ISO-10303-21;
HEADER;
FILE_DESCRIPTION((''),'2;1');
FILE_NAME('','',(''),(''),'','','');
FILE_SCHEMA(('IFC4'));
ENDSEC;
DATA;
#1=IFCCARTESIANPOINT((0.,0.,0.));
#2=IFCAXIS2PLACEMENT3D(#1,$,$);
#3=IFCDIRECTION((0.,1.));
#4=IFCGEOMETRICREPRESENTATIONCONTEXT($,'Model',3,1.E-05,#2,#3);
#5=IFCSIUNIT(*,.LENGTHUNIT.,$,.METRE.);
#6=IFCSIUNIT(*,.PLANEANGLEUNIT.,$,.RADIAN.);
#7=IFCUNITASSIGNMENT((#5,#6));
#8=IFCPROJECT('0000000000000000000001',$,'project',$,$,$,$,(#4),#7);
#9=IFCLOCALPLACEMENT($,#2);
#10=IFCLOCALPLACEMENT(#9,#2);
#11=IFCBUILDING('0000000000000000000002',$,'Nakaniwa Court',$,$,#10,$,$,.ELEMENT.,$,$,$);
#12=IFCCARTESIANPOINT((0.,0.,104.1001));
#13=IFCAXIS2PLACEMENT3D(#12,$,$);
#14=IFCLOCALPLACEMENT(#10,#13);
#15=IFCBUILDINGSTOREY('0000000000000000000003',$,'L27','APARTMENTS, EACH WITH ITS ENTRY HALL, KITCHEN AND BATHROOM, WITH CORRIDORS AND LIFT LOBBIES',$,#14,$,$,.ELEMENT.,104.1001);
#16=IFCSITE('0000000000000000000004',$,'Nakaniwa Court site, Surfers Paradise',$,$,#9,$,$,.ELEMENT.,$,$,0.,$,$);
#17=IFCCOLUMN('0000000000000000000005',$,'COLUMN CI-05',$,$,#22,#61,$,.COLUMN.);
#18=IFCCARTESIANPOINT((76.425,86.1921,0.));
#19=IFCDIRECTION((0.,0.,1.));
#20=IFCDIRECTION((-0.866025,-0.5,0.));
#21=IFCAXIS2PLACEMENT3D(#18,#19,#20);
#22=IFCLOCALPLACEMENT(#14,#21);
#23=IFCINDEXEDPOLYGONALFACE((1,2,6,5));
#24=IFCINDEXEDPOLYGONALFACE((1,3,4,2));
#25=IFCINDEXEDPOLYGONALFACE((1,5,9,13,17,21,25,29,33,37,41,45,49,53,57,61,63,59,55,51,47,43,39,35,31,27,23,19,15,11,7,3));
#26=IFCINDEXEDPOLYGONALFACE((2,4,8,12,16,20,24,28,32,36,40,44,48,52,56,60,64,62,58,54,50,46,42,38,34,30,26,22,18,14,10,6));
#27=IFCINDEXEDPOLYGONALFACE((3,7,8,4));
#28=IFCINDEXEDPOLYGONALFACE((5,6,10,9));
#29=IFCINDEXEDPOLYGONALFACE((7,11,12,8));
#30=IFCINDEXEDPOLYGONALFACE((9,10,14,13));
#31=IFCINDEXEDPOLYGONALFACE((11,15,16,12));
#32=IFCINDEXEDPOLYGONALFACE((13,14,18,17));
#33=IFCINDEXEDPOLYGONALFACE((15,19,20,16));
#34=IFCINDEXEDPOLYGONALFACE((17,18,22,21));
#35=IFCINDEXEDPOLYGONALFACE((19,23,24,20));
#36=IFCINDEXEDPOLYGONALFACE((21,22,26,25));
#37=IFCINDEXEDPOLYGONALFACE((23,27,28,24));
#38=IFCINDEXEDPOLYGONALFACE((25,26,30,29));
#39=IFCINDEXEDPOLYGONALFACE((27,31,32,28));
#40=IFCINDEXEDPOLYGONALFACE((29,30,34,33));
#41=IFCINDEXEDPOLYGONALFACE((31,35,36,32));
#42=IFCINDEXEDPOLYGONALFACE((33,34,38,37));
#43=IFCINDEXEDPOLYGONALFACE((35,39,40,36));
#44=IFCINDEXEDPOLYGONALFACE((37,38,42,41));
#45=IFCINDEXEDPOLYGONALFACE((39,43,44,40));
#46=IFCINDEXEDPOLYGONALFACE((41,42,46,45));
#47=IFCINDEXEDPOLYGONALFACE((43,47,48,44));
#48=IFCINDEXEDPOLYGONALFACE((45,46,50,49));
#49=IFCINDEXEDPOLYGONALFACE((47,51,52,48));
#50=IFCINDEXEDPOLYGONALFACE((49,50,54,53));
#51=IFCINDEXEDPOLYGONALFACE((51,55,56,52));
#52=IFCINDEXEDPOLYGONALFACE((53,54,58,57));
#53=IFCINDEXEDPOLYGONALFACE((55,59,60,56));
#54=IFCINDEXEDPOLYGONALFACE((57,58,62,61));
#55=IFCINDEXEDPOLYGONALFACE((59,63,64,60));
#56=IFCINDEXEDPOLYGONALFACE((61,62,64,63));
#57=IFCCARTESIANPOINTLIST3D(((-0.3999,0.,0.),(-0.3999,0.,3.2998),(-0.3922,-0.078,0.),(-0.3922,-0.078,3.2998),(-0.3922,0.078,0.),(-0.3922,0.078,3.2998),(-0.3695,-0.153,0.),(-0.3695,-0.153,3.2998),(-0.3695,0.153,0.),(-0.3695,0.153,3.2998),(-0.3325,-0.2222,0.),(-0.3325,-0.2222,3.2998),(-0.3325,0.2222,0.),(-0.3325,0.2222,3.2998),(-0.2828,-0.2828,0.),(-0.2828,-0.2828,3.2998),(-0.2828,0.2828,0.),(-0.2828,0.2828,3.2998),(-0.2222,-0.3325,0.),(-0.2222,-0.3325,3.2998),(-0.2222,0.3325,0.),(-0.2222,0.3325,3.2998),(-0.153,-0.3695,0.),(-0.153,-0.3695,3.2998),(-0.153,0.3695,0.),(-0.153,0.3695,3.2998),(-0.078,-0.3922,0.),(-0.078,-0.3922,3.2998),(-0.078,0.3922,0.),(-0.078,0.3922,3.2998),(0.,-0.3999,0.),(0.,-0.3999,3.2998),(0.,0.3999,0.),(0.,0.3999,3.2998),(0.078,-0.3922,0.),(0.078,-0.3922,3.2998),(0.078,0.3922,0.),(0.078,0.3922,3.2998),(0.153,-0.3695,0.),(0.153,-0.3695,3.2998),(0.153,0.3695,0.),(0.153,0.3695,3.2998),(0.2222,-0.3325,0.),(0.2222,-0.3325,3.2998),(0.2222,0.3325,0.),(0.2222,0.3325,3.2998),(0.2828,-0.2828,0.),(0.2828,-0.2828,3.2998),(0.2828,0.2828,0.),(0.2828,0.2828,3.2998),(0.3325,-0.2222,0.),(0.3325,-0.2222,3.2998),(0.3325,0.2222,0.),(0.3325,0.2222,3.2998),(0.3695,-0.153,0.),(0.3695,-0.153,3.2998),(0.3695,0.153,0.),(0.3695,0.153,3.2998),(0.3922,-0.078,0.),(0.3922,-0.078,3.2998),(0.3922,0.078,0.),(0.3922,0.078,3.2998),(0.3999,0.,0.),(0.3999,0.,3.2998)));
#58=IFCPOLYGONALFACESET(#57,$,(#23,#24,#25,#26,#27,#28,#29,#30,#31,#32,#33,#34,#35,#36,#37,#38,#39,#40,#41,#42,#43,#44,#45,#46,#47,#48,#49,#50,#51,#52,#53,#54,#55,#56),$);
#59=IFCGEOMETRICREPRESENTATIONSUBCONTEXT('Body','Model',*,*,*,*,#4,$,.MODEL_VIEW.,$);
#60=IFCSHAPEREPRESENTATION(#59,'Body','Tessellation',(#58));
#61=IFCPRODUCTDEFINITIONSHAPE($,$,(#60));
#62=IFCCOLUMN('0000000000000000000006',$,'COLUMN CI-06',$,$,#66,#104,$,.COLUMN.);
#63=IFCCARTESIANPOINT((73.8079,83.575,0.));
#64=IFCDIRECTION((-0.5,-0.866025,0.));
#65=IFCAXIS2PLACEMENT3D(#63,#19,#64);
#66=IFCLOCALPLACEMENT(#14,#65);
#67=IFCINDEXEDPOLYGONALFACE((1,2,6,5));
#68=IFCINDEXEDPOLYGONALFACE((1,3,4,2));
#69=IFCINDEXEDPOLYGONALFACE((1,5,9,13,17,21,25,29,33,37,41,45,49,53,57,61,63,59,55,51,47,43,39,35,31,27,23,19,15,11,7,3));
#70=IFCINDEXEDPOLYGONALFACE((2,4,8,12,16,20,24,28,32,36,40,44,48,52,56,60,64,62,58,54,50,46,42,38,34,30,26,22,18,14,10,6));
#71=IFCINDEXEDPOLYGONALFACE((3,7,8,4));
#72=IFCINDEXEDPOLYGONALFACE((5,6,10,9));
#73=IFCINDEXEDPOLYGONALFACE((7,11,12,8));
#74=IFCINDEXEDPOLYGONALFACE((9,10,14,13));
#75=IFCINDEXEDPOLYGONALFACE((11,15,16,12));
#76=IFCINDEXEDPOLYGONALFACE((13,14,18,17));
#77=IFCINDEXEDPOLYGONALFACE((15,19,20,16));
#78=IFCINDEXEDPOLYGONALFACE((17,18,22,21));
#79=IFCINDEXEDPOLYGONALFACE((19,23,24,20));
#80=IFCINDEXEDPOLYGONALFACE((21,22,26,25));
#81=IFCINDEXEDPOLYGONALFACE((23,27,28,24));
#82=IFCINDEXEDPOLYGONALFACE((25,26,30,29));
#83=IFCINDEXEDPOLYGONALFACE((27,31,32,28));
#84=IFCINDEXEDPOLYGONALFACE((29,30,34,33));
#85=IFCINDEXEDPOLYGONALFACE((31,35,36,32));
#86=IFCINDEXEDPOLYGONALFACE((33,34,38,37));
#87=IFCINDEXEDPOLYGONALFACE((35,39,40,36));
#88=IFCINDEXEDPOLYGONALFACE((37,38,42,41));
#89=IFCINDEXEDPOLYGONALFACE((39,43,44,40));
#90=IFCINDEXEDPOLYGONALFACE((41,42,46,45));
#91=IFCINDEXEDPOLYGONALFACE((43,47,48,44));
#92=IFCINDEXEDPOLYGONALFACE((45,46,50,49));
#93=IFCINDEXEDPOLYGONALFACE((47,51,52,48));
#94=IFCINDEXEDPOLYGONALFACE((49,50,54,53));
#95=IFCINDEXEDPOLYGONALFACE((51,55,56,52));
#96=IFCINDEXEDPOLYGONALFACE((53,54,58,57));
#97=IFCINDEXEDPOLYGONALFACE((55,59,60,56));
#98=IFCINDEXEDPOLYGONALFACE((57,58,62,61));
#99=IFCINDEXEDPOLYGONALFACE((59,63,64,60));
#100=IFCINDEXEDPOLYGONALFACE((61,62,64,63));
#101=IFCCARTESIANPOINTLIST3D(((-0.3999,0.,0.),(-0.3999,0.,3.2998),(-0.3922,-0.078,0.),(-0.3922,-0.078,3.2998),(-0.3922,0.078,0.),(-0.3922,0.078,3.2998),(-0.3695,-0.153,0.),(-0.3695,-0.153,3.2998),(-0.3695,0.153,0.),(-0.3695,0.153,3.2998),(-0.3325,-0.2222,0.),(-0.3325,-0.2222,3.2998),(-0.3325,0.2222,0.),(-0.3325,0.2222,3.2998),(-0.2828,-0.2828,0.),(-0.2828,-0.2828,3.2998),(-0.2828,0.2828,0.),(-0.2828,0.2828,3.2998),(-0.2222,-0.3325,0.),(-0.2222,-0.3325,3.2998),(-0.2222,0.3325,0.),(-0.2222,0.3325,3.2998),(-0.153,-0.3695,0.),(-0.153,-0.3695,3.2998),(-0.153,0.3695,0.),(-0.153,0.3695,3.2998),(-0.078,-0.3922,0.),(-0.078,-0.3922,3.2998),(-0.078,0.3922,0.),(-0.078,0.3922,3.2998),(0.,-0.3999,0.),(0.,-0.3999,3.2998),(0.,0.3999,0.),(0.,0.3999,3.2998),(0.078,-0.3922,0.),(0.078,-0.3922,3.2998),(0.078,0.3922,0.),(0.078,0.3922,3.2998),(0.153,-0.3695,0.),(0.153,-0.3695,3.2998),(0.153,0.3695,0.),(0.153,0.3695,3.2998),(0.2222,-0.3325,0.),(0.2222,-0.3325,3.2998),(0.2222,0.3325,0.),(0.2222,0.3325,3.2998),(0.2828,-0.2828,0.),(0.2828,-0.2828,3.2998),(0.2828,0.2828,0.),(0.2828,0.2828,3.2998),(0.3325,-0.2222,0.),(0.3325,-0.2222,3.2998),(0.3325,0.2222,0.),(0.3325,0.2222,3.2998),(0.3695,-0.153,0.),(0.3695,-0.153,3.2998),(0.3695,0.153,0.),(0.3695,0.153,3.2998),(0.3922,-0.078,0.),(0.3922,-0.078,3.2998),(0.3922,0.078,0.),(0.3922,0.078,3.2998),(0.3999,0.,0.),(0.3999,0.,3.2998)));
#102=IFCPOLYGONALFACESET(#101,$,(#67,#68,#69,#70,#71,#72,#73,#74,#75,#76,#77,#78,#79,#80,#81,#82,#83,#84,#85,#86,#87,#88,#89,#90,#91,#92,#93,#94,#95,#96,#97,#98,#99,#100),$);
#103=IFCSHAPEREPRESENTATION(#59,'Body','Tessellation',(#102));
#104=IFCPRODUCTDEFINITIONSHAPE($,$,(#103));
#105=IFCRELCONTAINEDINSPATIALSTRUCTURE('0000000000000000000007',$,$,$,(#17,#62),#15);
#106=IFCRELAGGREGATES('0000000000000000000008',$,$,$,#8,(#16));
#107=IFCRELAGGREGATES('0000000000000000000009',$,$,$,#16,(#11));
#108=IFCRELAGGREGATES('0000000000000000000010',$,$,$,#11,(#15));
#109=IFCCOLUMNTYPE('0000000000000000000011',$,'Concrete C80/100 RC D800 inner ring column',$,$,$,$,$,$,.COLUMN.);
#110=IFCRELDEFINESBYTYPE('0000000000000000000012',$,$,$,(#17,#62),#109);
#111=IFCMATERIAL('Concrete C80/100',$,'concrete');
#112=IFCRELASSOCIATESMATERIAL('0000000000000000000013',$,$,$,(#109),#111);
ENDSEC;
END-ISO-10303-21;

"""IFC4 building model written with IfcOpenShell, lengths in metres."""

from ifc_helpers import new_model, si_unit, direction, frame, origin, origin_2d, place, context, subcontext, project, spatial, circle, extrude, material, material_profile, profile_set, type_object, element, save


model = new_model("IFC4")

# Units and contexts
model_context = context("Model", 3, precision=1e-05, world=origin(), true_north=direction((0.0, 1.0)))
body_context = subcontext(model_context, "Body", "Model", "MODEL_VIEW")
ifc_project = project(units=[si_unit("LENGTHUNIT", "METRE"), si_unit("PLANEANGLEUNIT", "RADIAN")], contexts=[model_context])

# Site, building, storey
site_placement = place(None, origin())
site = spatial("IfcSite", under=ifc_project, at=site_placement, Name="Nakaniwa Court site, Surfers Paradise", CompositionType="ELEMENT", RefElevation=0.0)
building_placement = place(site_placement, origin())
building = spatial("IfcBuilding", under=site, at=building_placement, Name="Nakaniwa Court", CompositionType="ELEMENT")
storey_placement = place(building_placement, frame((0.0, 0.0, 104.1001)))
storey = spatial("IfcBuildingStorey", under=building, at=storey_placement, Name="L27", Description="APARTMENTS, EACH WITH ITS ENTRY HALL, KITCHEN AND BATHROOM, WITH CORRIDORS AND LIFT LOBBIES", CompositionType="ELEMENT", Elevation=104.1001)

# Columns
ifc_material_1 = material(Name="Concrete C80/100", Category="concrete")
ifc_material_profile_1 = material_profile(ifc_material_1, circle(Radius=0.3999, at=origin_2d()), Name="Concrete C80/100 RC D800 inner ring column")
ifc_profile_set_1 = profile_set([ifc_material_profile_1], Name="Concrete C80/100")
column_type_1 = type_object("IfcColumnType", Name="Concrete C80/100 RC D800 inner ring column", PredefinedType="COLUMN", material=ifc_profile_set_1)
for number, where, z_axis, x_axis, name in (
    (1, (76.425, 86.1921, 0.0), (0.0, 0.0, 1.0), (-0.866025, -0.5, 0.0), "COLUMN CI-05"),
    (2, (73.8079, 83.575, 0.0), (0.0, 0.0, 1.0), (-0.5, -0.866025, 0.0), "COLUMN CI-06"),
):
    element("IfcColumn", number, at=place(storey_placement, frame(where, z_axis=z_axis, x_axis=x_axis)), inside=storey, type_object=column_type_1, Name=name, PredefinedType="COLUMN", context=body_context, shape_type="SweptSolid", body=[
        extrude(circle(Radius=0.3999, at=origin_2d()), origin(), (0.0, 0.0, 1.0), 3.2998),
    ])

save(model, "model.ifc")
